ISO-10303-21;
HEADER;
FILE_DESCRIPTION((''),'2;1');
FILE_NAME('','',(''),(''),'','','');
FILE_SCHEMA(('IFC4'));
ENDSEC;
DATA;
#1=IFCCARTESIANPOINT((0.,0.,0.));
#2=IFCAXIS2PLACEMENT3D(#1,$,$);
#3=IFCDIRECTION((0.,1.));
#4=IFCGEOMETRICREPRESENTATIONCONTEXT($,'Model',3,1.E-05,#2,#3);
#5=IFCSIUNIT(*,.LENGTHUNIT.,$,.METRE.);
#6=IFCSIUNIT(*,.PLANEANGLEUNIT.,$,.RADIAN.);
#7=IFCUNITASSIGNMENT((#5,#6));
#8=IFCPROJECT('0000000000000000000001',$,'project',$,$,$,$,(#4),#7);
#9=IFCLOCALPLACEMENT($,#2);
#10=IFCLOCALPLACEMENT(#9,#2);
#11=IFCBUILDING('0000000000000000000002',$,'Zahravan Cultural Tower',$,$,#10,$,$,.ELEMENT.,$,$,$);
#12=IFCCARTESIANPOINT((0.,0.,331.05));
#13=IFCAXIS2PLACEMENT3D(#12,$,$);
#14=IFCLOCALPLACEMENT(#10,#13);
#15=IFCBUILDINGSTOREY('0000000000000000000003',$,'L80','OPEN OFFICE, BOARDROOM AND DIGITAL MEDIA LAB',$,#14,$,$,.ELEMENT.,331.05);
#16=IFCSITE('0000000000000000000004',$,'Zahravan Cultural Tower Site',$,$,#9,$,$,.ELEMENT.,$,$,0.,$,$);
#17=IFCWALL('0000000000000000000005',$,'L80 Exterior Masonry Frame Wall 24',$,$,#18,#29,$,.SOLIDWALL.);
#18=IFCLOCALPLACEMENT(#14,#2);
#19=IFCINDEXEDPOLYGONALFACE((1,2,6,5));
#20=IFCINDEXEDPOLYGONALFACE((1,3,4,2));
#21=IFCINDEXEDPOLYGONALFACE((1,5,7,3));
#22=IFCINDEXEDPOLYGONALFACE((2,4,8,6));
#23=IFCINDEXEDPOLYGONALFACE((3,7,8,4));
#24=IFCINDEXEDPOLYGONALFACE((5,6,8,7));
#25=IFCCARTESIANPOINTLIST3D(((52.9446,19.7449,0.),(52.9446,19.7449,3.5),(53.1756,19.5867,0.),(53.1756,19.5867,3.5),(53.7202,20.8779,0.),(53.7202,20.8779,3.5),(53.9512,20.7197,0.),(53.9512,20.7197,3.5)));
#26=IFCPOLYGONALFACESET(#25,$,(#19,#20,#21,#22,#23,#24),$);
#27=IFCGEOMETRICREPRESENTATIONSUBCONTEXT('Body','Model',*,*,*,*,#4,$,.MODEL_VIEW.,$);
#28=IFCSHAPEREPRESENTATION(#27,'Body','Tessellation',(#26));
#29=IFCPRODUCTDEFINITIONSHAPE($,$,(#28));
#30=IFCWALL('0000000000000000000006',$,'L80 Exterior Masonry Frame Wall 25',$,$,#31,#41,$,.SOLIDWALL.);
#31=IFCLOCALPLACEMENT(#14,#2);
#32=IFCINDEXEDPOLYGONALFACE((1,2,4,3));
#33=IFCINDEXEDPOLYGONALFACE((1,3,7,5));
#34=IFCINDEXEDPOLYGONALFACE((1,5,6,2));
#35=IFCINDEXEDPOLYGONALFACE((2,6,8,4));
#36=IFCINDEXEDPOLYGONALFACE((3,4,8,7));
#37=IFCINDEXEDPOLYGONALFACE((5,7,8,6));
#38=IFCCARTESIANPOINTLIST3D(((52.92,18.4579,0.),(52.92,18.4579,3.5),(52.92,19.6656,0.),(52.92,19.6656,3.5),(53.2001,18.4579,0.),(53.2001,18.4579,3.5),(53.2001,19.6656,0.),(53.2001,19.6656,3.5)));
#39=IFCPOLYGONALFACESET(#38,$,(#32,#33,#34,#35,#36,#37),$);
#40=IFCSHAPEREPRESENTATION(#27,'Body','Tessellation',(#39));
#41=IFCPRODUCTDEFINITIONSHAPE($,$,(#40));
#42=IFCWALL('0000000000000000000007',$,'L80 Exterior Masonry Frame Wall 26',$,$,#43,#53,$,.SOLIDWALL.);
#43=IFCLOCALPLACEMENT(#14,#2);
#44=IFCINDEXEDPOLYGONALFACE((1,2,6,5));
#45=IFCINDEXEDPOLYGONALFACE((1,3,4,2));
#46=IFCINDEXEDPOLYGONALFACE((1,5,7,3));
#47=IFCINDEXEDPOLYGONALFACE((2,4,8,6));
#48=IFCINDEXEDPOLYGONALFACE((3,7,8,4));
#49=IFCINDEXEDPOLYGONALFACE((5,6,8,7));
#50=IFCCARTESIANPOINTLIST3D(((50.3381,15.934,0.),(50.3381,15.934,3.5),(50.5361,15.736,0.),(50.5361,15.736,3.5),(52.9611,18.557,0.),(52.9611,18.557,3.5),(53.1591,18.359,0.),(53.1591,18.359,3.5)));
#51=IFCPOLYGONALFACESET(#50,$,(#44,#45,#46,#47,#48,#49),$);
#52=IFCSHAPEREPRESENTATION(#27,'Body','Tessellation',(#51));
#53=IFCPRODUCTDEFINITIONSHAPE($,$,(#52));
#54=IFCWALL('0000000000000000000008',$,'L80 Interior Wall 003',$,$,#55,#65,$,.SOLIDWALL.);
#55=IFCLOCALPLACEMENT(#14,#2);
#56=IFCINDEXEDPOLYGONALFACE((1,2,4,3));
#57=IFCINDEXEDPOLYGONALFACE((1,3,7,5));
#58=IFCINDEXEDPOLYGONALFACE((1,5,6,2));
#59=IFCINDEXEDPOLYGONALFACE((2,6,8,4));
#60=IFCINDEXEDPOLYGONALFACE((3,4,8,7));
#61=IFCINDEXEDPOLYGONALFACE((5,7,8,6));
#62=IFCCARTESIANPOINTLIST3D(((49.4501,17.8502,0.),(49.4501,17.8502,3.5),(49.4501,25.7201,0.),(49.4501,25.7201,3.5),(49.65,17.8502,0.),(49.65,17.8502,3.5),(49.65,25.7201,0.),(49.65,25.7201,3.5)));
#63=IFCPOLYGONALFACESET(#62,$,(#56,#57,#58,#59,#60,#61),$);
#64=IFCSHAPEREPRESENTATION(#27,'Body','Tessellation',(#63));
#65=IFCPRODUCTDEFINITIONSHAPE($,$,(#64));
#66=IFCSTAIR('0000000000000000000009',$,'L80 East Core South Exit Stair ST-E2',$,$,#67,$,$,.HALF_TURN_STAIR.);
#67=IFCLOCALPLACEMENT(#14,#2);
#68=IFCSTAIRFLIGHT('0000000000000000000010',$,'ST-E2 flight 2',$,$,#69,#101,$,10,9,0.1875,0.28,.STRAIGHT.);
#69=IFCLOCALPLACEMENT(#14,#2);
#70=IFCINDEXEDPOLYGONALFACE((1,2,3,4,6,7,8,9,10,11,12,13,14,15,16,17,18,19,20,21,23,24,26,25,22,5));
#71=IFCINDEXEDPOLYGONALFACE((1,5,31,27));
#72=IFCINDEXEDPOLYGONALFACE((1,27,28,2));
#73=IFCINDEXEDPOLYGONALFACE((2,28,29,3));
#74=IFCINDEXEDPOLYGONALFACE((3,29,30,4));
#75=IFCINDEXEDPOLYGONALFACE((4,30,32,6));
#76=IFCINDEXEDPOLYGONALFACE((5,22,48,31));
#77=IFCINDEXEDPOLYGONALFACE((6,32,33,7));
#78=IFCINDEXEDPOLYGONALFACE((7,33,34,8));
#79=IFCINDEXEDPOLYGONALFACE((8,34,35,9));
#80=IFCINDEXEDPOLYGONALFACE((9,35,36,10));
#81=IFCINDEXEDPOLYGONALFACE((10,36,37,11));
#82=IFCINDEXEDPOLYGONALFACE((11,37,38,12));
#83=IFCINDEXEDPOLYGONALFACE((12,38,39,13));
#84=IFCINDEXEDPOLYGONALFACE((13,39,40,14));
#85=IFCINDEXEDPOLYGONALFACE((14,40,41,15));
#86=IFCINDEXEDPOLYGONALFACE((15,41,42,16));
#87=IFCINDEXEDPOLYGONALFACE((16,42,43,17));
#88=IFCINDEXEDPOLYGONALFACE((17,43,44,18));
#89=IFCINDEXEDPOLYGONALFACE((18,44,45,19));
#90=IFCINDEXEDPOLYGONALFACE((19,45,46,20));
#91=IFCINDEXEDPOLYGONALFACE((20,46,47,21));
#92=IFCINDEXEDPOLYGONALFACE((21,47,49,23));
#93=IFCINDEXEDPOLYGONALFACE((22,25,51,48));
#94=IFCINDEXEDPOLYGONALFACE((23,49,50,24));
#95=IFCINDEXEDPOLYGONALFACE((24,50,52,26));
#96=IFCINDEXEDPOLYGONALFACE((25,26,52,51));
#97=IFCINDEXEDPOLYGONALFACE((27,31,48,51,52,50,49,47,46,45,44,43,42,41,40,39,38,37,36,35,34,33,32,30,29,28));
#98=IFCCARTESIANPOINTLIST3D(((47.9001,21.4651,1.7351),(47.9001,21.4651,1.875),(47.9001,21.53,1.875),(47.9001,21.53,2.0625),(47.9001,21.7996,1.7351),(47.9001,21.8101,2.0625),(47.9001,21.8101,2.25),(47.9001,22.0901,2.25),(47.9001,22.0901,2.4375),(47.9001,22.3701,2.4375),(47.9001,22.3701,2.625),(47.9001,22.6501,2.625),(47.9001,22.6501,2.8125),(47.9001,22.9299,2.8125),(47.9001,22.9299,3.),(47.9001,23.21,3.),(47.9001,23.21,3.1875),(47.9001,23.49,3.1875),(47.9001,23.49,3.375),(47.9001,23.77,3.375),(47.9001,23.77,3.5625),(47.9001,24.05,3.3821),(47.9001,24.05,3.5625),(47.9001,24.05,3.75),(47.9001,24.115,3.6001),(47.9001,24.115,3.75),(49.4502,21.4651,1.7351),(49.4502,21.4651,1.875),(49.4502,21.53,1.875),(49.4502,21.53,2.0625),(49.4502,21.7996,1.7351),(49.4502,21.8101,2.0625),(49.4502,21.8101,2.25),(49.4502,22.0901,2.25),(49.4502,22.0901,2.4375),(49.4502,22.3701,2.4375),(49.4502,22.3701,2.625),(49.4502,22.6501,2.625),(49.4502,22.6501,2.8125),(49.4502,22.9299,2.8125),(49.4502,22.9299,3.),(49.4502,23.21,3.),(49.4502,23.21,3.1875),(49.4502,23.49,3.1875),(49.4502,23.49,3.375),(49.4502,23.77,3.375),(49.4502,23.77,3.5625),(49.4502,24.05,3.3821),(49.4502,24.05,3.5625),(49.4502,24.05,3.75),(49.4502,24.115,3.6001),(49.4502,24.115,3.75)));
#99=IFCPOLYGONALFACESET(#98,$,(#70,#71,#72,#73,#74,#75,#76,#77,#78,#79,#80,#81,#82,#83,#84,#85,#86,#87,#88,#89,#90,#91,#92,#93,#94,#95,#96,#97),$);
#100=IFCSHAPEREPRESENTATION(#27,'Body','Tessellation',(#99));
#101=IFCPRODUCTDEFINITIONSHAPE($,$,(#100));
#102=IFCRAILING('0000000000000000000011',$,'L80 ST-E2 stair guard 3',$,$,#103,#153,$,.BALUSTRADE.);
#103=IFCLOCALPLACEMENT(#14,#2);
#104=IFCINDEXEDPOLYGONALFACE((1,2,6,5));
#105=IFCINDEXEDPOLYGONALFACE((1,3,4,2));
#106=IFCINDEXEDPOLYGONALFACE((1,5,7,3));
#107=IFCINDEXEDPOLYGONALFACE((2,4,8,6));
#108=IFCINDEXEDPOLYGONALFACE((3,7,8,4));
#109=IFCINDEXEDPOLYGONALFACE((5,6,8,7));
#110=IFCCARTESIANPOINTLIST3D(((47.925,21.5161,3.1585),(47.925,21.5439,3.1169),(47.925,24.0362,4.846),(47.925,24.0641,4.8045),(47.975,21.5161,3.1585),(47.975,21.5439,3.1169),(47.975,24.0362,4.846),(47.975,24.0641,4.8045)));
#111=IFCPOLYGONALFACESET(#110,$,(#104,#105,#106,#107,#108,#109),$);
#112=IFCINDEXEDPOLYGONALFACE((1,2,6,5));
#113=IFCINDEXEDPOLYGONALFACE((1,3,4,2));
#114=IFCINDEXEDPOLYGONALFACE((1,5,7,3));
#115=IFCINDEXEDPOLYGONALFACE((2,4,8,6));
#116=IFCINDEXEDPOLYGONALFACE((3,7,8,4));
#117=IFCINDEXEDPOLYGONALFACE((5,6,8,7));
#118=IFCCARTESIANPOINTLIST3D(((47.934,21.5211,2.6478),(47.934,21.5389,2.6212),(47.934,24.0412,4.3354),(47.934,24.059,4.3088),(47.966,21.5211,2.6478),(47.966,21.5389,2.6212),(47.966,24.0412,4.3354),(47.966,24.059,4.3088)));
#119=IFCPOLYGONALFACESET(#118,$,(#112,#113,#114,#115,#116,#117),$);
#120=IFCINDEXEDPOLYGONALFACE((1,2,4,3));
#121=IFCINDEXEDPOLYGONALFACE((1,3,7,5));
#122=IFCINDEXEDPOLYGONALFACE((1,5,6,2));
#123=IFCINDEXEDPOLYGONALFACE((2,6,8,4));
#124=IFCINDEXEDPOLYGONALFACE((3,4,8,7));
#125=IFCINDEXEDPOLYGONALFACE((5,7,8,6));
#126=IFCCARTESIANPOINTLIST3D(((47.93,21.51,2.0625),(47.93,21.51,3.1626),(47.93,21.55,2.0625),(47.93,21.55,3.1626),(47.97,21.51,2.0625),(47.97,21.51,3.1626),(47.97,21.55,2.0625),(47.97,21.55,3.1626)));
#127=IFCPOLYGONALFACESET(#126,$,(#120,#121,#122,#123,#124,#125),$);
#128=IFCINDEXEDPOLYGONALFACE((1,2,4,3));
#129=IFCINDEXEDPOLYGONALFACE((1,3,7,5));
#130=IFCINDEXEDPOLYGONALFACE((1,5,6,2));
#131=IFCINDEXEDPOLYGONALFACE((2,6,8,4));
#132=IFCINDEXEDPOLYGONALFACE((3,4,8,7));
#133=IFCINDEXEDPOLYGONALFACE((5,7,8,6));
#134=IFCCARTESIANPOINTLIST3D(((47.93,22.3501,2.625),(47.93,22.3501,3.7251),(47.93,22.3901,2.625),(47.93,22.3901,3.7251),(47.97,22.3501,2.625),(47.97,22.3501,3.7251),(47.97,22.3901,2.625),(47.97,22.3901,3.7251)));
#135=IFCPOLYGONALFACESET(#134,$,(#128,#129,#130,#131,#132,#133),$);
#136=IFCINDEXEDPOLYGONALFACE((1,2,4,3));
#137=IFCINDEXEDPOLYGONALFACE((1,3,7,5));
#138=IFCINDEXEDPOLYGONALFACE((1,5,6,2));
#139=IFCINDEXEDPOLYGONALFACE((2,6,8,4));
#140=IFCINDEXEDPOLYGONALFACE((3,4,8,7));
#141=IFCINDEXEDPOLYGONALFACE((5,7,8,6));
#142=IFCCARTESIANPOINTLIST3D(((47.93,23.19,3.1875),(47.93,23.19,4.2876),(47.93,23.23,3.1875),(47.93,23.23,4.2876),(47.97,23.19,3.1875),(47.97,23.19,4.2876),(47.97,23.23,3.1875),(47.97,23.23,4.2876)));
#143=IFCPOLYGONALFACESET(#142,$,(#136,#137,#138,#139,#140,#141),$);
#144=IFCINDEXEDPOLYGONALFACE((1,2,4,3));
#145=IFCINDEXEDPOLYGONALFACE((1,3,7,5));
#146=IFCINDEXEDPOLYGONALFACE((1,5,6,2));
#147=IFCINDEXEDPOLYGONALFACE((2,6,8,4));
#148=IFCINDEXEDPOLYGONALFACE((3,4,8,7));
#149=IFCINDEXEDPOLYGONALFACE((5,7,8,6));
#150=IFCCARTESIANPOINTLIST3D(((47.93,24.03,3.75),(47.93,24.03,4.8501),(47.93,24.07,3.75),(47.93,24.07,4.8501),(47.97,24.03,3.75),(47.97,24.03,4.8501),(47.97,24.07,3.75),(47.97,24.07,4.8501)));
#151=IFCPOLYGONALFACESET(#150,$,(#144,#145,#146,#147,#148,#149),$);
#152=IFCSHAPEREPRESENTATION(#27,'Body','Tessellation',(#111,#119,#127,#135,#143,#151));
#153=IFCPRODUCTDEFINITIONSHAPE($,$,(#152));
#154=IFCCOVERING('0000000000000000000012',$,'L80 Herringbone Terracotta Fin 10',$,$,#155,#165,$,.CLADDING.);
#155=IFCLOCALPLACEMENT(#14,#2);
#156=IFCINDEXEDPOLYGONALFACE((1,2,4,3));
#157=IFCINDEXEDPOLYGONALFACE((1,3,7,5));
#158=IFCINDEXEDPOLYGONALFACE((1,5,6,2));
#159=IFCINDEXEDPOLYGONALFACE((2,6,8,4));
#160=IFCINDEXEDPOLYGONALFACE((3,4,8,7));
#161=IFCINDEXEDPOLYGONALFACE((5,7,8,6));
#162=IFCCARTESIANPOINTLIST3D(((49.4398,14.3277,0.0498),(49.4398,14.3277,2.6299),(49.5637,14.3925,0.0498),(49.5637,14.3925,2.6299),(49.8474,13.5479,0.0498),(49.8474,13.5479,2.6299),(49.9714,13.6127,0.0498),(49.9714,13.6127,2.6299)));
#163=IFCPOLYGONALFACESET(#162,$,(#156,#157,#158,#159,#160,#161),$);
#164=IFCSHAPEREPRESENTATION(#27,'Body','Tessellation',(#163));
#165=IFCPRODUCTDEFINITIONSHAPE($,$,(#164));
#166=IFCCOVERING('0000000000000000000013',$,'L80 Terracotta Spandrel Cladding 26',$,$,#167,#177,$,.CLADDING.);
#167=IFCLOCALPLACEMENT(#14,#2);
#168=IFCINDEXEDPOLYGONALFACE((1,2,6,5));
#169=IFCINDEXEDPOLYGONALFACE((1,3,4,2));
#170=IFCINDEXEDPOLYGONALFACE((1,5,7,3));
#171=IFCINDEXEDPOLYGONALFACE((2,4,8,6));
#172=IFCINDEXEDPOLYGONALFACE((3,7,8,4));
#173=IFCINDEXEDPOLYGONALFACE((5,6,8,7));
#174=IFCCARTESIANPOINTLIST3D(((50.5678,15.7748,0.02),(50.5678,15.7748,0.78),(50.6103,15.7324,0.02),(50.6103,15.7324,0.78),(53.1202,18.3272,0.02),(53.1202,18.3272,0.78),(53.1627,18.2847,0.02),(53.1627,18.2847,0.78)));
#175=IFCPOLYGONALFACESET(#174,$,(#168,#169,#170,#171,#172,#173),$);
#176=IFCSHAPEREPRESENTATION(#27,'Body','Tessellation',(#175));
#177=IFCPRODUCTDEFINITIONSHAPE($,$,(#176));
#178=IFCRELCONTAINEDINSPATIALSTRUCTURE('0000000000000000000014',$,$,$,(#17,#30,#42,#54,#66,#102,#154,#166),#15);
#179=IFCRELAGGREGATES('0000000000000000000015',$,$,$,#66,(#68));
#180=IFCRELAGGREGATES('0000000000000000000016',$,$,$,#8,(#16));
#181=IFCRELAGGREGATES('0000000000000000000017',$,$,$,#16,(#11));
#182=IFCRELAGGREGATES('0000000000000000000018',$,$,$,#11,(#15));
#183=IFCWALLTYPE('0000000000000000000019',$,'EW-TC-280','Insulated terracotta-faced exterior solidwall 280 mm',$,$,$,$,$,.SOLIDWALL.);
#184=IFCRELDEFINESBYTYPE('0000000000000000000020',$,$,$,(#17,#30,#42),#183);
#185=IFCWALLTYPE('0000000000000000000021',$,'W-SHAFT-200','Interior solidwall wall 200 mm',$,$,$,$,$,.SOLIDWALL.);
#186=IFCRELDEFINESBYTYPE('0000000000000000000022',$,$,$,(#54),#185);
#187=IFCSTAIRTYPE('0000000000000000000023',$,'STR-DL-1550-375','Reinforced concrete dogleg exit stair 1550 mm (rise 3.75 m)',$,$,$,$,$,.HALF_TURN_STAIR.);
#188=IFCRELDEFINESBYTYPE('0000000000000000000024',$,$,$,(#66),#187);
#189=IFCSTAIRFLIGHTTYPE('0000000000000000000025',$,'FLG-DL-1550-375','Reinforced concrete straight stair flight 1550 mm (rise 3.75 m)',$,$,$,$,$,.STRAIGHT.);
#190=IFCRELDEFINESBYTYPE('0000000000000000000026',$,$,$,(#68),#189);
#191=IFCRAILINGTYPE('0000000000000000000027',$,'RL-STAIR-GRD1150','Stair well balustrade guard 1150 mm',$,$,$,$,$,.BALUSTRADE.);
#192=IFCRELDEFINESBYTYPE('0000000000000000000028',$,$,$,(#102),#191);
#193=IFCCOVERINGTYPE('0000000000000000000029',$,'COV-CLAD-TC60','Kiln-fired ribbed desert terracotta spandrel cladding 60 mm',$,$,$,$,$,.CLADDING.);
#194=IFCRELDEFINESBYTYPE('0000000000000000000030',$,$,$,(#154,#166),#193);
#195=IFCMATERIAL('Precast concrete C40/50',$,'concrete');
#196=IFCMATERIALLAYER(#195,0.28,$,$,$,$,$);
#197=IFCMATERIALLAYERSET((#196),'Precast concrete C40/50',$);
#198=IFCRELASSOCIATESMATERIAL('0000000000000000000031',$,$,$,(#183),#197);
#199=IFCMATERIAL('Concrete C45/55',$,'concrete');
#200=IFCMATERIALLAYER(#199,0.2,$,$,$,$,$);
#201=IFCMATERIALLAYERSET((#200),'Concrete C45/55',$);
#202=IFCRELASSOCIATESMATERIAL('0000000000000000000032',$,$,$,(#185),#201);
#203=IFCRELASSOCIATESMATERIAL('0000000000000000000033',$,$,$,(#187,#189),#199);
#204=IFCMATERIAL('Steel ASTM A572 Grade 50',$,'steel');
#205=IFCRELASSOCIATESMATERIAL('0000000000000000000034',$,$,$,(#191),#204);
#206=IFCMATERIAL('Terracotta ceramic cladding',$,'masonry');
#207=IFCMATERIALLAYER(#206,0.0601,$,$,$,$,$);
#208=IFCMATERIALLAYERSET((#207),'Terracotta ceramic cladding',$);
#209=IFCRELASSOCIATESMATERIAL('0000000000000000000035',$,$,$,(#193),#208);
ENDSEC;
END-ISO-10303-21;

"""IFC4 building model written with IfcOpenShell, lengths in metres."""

from ifc_helpers import new_model, si_unit, direction, frame, frame_2d, origin, origin_2d, place, context, subcontext, project, spatial, polyline, rectangle, outline, extrude, source, transform, mapped, material, layer, layer_set, type_object, element, aggregate, save


model = new_model("IFC4")

# Units and contexts
model_context = context("Model", 3, precision=1e-05, world=origin(), true_north=direction((0.0, 1.0)))
body_context = subcontext(model_context, "Body", "Model", "MODEL_VIEW")
ifc_project = project(units=[si_unit("LENGTHUNIT", "METRE"), si_unit("PLANEANGLEUNIT", "RADIAN")], contexts=[model_context])

# Site, building, storey
site_placement = place(None, origin())
site = spatial("IfcSite", under=ifc_project, at=site_placement, Name="Zahravan Cultural Tower Site", CompositionType="ELEMENT", RefElevation=0.0)
building_placement = place(site_placement, origin())
building = spatial("IfcBuilding", under=site, at=building_placement, Name="Zahravan Cultural Tower", CompositionType="ELEMENT")
storey_placement = place(building_placement, frame((0.0, 0.0, 331.05)))
storey = spatial("IfcBuildingStorey", under=building, at=storey_placement, Name="L80", Description="OPEN OFFICE, BOARDROOM AND DIGITAL MEDIA LAB", CompositionType="ELEMENT", Elevation=331.05)

# Shared definitions
ifc_material_1 = material(Name="Precast concrete C40/50", Category="concrete")
ifc_layer_1 = layer(ifc_material_1, 0.28)
ifc_layer_set_1 = layer_set([ifc_layer_1], Name="Precast concrete C40/50")
wall_type_1 = type_object("IfcWallType", Name="EW-TC-280", Description="Insulated terracotta-faced exterior solidwall 280 mm", PredefinedType="SOLIDWALL", material=ifc_layer_set_1)

# Walls
shared_shape_1 = source(origin(), body_context, "Body", "SweptSolid", [
    extrude(rectangle(XDim=1.373, YDim=0.28, at=frame_2d((0.6865, 0.0))), origin(), (0.0, 0.0, 1.0), 3.5),
])
wall_1_placement = place(storey_placement, frame((53.8357, 20.7988, 0.0), z_axis=(0.0, 0.0, 1.0), x_axis=(-0.564875, -0.825176, 0.0)))
element("IfcWall", 1, at=wall_1_placement, inside=storey, type_object=wall_type_1, Name="L80 Exterior Masonry Frame Wall 24", PredefinedType="SOLIDWALL", context=body_context, shape_type="MappedRepresentation", body=[
    mapped(shared_shape_1, transform((0.0, 0.0, 0.0), x_axis=(1.0, 0.0, 0.0), y_axis=(0.0, 1.0, 0.0), z_axis=(0.0, 0.0, 1.0), scale=1.0)),
])
shared_shape_2 = source(origin(), body_context, "Body", "SweptSolid", [
    extrude(rectangle(XDim=1.2078, YDim=0.28, at=frame_2d((0.604, 0.0))), origin(), (0.0, 0.0, 1.0), 3.5),
])
wall_2_placement = place(storey_placement, frame((53.0601, 19.6658, 0.0), z_axis=(0.0, 0.0, 1.0), x_axis=(0.0, -1.0, 0.0)))
element("IfcWall", 2, at=wall_2_placement, inside=storey, type_object=wall_type_1, Name="L80 Exterior Masonry Frame Wall 25", PredefinedType="SOLIDWALL", context=body_context, shape_type="MappedRepresentation", body=[
    mapped(shared_shape_2, transform((0.0, 0.0, 0.0), x_axis=(1.0, 0.0, 0.0), y_axis=(0.0, 1.0, 0.0), z_axis=(0.0, 0.0, 1.0), scale=1.0)),
])
shared_shape_3 = source(origin(), body_context, "Body", "SweptSolid", [
    extrude(rectangle(XDim=3.7095, YDim=0.28, at=frame_2d((1.8547, 0.0))), origin(), (0.0, 0.0, 1.0), 3.5),
])
wall_3_placement = place(storey_placement, frame((53.0601, 18.458, 0.0), z_axis=(0.0, 0.0, 1.0), x_axis=(-0.707107, -0.707107, 0.0)))
element("IfcWall", 3, at=wall_3_placement, inside=storey, type_object=wall_type_1, Name="L80 Exterior Masonry Frame Wall 26", PredefinedType="SOLIDWALL", context=body_context, shape_type="MappedRepresentation", body=[
    mapped(shared_shape_3, transform((0.0, 0.0, 0.0), x_axis=(1.0, 0.0, 0.0), y_axis=(0.0, 1.0, 0.0), z_axis=(0.0, 0.0, 1.0), scale=1.0)),
])
ifc_material_2 = material(Name="Concrete C45/55", Category="concrete")
ifc_layer_2 = layer(ifc_material_2, 0.2)
ifc_layer_set_2 = layer_set([ifc_layer_2], Name="Concrete C45/55")
wall_type_2 = type_object("IfcWallType", Name="W-SHAFT-200", Description="Interior solidwall wall 200 mm", PredefinedType="SOLIDWALL", material=ifc_layer_set_2)
shared_shape_4 = source(origin(), body_context, "Body", "SweptSolid", [
    extrude(rectangle(XDim=7.8699, YDim=0.2, at=frame_2d((3.9351, 0.0))), origin(), (0.0, 0.0, 1.0), 3.5),
])
wall_4_placement = place(storey_placement, frame((49.55, 17.8501, 0.0), z_axis=(0.0, 0.0, 1.0), x_axis=(0.0, 1.0, 0.0)))
element("IfcWall", 4, at=wall_4_placement, inside=storey, type_object=wall_type_2, Name="L80 Interior Wall 003", PredefinedType="SOLIDWALL", context=body_context, shape_type="MappedRepresentation", body=[
    mapped(shared_shape_4, transform((0.0, 0.0, 0.0), x_axis=(1.0, 0.0, 0.0), y_axis=(0.0, 1.0, 0.0), z_axis=(0.0, 0.0, 1.0), scale=1.0)),
])

# Stair, stair flight
stair_type = type_object("IfcStairType", Name="STR-DL-1550-375", Description="Reinforced concrete dogleg exit stair 1550 mm (rise 3.75 m)", PredefinedType="HALF_TURN_STAIR", material=ifc_material_2)
stair_placement = place(storey_placement, origin())
stair = element("IfcStair", 5, at=stair_placement, inside=storey, type_object=stair_type, Name="L80 East Core South Exit Stair ST-E2", PredefinedType="HALF_TURN_STAIR")
stair_flight_type = type_object("IfcStairFlightType", Name="FLG-DL-1550-375", Description="Reinforced concrete straight stair flight 1550 mm (rise 3.75 m)", PredefinedType="STRAIGHT", material=ifc_material_2)
stair_flight_placement = place(storey_placement, frame((48.675, 21.53, 1.875), z_axis=(0.0, 0.0, 1.0), x_axis=(0.0, 1.0, 0.0)))
stair_flight = element("IfcStairFlight", 6, at=stair_flight_placement, type_object=stair_flight_type, Name="ST-E2 flight 2", NumberOfRisers=10, NumberOfTreads=9, PredefinedType="STRAIGHT", RiserHeight=0.1875, TreadLength=0.28, context=body_context, shape_type="SweptSolid", body=[
    extrude(outline(polyline([(-0.0649, -0.1399), (-0.0649, 0.0), (0.0, 0.0), (0.0, 0.1875), (0.28, 0.1875), (0.28, 0.375), (0.5601, 0.375), (0.5601, 0.5625), (0.8401, 0.5625), (0.8401, 0.75), (1.1201, 0.75), (1.1201, 0.9375), (1.3999, 0.9375), (1.3999, 1.125), (1.6799, 1.125), (1.6799, 1.3125), (1.96, 1.3125), (1.96, 1.5), (2.24, 1.5), (2.24, 1.6875), (2.52, 1.6875), (2.52, 1.875), (2.585, 1.875), (2.585, 1.7251), (2.52, 1.5071), (0.2695, -0.1399), (-0.0649, -0.1399)])), frame((0.0, 0.7749, 0.0), z_axis=(0.0, -1.0, 0.0), x_axis=(1.0, 0.0, 0.0)), (0.0, 0.0, 1.0), 1.55),
])
aggregate(stair, [stair_flight])

# Railing
ifc_material_3 = material(Name="Steel ASTM A572 Grade 50", Category="steel")
railing_type = type_object("IfcRailingType", Name="RL-STAIR-GRD1150", Description="Stair well balustrade guard 1150 mm", PredefinedType="BALUSTRADE", material=ifc_material_3)
railing_placement = place(storey_placement, frame((47.95, 21.53, 2.0625)))
element("IfcRailing", 7, at=railing_placement, inside=storey, type_object=railing_type, Name="L80 ST-E2 stair guard 3", PredefinedType="BALUSTRADE", context=body_context, shape_type="SweptSolid", body=[
    extrude(rectangle(XDim=0.05, YDim=0.05, at=origin_2d()), frame((0.0, 0.0, 1.0752), z_axis=(0.0, 0.830909, 0.556408), x_axis=(-1.0, 0.0, 0.0)), (0.0, 0.0, 1.0), 3.033),
    extrude(rectangle(XDim=0.032, YDim=0.032, at=origin_2d()), frame((0.0, 0.0, 0.572), z_axis=(0.0, 0.830909, 0.556408), x_axis=(-1.0, 0.0, 0.0)), (0.0, 0.0, 1.0), 3.033),
    extrude(rectangle(XDim=0.04, YDim=0.04, at=origin_2d()), origin(), (0.0, 0.0, 1.0), 1.1001),
    extrude(rectangle(XDim=0.04, YDim=0.04, at=origin_2d()), frame((0.0, 0.8401, 0.5625)), (0.0, 0.0, 1.0), 1.1001),
    extrude(rectangle(XDim=0.04, YDim=0.04, at=origin_2d()), frame((0.0, 1.6799, 1.125)), (0.0, 0.0, 1.0), 1.1001),
    extrude(rectangle(XDim=0.04, YDim=0.04, at=origin_2d()), frame((0.0, 2.52, 1.6875)), (0.0, 0.0, 1.0), 1.1001),
])

# Coverings
ifc_material_4 = material(Name="Terracotta ceramic cladding", Category="masonry")
ifc_layer_3 = layer(ifc_material_4, 0.0601)
ifc_layer_set_3 = layer_set([ifc_layer_3], Name="Terracotta ceramic cladding")
covering_type = type_object("IfcCoveringType", Name="COV-CLAD-TC60", Description="Kiln-fired ribbed desert terracotta spandrel cladding 60 mm", PredefinedType="CLADDING", material=ifc_layer_set_3)
shared_shape_5 = source(origin(), body_context, "Body", "SweptSolid", [
    extrude(rectangle(XDim=0.8799, YDim=0.1399, at=origin_2d()), origin(), (0.0, 0.0, 1.0), 2.5801),
])
covering_1_placement = place(storey_placement, frame((49.7056, 13.9702, 0.0498), z_axis=(0.0, 0.0, 1.0), x_axis=(0.463312, -0.886195, 0.0)))
element("IfcCovering", 8, at=covering_1_placement, inside=storey, type_object=covering_type, Name="L80 Herringbone Terracotta Fin 10", PredefinedType="CLADDING", context=body_context, shape_type="MappedRepresentation", body=[
    mapped(shared_shape_5, transform((0.0, 0.0, 0.0), x_axis=(1.0, 0.0, 0.0), y_axis=(0.0, 1.0, 0.0), z_axis=(0.0, 0.0, 1.0), scale=1.0)),
])
shared_shape_6 = source(origin(), body_context, "Body", "SweptSolid", [
    extrude(rectangle(XDim=3.6096, YDim=0.0601, at=origin_2d()), origin(), (0.0, 0.0, 1.0), 0.76),
])
covering_2_placement = place(storey_placement, frame((51.8652, 17.0298, 0.02), z_axis=(0.0, 0.0, 1.0), x_axis=(-0.707107, -0.707107, 0.0)))
element("IfcCovering", 9, at=covering_2_placement, inside=storey, type_object=covering_type, Name="L80 Terracotta Spandrel Cladding 26", PredefinedType="CLADDING", context=body_context, shape_type="MappedRepresentation", body=[
    mapped(shared_shape_6, transform((0.0, 0.0, 0.0), x_axis=(1.0, 0.0, 0.0), y_axis=(0.0, 1.0, 0.0), z_axis=(0.0, 0.0, 1.0), scale=1.0)),
])

save(model, "model.ifc")
